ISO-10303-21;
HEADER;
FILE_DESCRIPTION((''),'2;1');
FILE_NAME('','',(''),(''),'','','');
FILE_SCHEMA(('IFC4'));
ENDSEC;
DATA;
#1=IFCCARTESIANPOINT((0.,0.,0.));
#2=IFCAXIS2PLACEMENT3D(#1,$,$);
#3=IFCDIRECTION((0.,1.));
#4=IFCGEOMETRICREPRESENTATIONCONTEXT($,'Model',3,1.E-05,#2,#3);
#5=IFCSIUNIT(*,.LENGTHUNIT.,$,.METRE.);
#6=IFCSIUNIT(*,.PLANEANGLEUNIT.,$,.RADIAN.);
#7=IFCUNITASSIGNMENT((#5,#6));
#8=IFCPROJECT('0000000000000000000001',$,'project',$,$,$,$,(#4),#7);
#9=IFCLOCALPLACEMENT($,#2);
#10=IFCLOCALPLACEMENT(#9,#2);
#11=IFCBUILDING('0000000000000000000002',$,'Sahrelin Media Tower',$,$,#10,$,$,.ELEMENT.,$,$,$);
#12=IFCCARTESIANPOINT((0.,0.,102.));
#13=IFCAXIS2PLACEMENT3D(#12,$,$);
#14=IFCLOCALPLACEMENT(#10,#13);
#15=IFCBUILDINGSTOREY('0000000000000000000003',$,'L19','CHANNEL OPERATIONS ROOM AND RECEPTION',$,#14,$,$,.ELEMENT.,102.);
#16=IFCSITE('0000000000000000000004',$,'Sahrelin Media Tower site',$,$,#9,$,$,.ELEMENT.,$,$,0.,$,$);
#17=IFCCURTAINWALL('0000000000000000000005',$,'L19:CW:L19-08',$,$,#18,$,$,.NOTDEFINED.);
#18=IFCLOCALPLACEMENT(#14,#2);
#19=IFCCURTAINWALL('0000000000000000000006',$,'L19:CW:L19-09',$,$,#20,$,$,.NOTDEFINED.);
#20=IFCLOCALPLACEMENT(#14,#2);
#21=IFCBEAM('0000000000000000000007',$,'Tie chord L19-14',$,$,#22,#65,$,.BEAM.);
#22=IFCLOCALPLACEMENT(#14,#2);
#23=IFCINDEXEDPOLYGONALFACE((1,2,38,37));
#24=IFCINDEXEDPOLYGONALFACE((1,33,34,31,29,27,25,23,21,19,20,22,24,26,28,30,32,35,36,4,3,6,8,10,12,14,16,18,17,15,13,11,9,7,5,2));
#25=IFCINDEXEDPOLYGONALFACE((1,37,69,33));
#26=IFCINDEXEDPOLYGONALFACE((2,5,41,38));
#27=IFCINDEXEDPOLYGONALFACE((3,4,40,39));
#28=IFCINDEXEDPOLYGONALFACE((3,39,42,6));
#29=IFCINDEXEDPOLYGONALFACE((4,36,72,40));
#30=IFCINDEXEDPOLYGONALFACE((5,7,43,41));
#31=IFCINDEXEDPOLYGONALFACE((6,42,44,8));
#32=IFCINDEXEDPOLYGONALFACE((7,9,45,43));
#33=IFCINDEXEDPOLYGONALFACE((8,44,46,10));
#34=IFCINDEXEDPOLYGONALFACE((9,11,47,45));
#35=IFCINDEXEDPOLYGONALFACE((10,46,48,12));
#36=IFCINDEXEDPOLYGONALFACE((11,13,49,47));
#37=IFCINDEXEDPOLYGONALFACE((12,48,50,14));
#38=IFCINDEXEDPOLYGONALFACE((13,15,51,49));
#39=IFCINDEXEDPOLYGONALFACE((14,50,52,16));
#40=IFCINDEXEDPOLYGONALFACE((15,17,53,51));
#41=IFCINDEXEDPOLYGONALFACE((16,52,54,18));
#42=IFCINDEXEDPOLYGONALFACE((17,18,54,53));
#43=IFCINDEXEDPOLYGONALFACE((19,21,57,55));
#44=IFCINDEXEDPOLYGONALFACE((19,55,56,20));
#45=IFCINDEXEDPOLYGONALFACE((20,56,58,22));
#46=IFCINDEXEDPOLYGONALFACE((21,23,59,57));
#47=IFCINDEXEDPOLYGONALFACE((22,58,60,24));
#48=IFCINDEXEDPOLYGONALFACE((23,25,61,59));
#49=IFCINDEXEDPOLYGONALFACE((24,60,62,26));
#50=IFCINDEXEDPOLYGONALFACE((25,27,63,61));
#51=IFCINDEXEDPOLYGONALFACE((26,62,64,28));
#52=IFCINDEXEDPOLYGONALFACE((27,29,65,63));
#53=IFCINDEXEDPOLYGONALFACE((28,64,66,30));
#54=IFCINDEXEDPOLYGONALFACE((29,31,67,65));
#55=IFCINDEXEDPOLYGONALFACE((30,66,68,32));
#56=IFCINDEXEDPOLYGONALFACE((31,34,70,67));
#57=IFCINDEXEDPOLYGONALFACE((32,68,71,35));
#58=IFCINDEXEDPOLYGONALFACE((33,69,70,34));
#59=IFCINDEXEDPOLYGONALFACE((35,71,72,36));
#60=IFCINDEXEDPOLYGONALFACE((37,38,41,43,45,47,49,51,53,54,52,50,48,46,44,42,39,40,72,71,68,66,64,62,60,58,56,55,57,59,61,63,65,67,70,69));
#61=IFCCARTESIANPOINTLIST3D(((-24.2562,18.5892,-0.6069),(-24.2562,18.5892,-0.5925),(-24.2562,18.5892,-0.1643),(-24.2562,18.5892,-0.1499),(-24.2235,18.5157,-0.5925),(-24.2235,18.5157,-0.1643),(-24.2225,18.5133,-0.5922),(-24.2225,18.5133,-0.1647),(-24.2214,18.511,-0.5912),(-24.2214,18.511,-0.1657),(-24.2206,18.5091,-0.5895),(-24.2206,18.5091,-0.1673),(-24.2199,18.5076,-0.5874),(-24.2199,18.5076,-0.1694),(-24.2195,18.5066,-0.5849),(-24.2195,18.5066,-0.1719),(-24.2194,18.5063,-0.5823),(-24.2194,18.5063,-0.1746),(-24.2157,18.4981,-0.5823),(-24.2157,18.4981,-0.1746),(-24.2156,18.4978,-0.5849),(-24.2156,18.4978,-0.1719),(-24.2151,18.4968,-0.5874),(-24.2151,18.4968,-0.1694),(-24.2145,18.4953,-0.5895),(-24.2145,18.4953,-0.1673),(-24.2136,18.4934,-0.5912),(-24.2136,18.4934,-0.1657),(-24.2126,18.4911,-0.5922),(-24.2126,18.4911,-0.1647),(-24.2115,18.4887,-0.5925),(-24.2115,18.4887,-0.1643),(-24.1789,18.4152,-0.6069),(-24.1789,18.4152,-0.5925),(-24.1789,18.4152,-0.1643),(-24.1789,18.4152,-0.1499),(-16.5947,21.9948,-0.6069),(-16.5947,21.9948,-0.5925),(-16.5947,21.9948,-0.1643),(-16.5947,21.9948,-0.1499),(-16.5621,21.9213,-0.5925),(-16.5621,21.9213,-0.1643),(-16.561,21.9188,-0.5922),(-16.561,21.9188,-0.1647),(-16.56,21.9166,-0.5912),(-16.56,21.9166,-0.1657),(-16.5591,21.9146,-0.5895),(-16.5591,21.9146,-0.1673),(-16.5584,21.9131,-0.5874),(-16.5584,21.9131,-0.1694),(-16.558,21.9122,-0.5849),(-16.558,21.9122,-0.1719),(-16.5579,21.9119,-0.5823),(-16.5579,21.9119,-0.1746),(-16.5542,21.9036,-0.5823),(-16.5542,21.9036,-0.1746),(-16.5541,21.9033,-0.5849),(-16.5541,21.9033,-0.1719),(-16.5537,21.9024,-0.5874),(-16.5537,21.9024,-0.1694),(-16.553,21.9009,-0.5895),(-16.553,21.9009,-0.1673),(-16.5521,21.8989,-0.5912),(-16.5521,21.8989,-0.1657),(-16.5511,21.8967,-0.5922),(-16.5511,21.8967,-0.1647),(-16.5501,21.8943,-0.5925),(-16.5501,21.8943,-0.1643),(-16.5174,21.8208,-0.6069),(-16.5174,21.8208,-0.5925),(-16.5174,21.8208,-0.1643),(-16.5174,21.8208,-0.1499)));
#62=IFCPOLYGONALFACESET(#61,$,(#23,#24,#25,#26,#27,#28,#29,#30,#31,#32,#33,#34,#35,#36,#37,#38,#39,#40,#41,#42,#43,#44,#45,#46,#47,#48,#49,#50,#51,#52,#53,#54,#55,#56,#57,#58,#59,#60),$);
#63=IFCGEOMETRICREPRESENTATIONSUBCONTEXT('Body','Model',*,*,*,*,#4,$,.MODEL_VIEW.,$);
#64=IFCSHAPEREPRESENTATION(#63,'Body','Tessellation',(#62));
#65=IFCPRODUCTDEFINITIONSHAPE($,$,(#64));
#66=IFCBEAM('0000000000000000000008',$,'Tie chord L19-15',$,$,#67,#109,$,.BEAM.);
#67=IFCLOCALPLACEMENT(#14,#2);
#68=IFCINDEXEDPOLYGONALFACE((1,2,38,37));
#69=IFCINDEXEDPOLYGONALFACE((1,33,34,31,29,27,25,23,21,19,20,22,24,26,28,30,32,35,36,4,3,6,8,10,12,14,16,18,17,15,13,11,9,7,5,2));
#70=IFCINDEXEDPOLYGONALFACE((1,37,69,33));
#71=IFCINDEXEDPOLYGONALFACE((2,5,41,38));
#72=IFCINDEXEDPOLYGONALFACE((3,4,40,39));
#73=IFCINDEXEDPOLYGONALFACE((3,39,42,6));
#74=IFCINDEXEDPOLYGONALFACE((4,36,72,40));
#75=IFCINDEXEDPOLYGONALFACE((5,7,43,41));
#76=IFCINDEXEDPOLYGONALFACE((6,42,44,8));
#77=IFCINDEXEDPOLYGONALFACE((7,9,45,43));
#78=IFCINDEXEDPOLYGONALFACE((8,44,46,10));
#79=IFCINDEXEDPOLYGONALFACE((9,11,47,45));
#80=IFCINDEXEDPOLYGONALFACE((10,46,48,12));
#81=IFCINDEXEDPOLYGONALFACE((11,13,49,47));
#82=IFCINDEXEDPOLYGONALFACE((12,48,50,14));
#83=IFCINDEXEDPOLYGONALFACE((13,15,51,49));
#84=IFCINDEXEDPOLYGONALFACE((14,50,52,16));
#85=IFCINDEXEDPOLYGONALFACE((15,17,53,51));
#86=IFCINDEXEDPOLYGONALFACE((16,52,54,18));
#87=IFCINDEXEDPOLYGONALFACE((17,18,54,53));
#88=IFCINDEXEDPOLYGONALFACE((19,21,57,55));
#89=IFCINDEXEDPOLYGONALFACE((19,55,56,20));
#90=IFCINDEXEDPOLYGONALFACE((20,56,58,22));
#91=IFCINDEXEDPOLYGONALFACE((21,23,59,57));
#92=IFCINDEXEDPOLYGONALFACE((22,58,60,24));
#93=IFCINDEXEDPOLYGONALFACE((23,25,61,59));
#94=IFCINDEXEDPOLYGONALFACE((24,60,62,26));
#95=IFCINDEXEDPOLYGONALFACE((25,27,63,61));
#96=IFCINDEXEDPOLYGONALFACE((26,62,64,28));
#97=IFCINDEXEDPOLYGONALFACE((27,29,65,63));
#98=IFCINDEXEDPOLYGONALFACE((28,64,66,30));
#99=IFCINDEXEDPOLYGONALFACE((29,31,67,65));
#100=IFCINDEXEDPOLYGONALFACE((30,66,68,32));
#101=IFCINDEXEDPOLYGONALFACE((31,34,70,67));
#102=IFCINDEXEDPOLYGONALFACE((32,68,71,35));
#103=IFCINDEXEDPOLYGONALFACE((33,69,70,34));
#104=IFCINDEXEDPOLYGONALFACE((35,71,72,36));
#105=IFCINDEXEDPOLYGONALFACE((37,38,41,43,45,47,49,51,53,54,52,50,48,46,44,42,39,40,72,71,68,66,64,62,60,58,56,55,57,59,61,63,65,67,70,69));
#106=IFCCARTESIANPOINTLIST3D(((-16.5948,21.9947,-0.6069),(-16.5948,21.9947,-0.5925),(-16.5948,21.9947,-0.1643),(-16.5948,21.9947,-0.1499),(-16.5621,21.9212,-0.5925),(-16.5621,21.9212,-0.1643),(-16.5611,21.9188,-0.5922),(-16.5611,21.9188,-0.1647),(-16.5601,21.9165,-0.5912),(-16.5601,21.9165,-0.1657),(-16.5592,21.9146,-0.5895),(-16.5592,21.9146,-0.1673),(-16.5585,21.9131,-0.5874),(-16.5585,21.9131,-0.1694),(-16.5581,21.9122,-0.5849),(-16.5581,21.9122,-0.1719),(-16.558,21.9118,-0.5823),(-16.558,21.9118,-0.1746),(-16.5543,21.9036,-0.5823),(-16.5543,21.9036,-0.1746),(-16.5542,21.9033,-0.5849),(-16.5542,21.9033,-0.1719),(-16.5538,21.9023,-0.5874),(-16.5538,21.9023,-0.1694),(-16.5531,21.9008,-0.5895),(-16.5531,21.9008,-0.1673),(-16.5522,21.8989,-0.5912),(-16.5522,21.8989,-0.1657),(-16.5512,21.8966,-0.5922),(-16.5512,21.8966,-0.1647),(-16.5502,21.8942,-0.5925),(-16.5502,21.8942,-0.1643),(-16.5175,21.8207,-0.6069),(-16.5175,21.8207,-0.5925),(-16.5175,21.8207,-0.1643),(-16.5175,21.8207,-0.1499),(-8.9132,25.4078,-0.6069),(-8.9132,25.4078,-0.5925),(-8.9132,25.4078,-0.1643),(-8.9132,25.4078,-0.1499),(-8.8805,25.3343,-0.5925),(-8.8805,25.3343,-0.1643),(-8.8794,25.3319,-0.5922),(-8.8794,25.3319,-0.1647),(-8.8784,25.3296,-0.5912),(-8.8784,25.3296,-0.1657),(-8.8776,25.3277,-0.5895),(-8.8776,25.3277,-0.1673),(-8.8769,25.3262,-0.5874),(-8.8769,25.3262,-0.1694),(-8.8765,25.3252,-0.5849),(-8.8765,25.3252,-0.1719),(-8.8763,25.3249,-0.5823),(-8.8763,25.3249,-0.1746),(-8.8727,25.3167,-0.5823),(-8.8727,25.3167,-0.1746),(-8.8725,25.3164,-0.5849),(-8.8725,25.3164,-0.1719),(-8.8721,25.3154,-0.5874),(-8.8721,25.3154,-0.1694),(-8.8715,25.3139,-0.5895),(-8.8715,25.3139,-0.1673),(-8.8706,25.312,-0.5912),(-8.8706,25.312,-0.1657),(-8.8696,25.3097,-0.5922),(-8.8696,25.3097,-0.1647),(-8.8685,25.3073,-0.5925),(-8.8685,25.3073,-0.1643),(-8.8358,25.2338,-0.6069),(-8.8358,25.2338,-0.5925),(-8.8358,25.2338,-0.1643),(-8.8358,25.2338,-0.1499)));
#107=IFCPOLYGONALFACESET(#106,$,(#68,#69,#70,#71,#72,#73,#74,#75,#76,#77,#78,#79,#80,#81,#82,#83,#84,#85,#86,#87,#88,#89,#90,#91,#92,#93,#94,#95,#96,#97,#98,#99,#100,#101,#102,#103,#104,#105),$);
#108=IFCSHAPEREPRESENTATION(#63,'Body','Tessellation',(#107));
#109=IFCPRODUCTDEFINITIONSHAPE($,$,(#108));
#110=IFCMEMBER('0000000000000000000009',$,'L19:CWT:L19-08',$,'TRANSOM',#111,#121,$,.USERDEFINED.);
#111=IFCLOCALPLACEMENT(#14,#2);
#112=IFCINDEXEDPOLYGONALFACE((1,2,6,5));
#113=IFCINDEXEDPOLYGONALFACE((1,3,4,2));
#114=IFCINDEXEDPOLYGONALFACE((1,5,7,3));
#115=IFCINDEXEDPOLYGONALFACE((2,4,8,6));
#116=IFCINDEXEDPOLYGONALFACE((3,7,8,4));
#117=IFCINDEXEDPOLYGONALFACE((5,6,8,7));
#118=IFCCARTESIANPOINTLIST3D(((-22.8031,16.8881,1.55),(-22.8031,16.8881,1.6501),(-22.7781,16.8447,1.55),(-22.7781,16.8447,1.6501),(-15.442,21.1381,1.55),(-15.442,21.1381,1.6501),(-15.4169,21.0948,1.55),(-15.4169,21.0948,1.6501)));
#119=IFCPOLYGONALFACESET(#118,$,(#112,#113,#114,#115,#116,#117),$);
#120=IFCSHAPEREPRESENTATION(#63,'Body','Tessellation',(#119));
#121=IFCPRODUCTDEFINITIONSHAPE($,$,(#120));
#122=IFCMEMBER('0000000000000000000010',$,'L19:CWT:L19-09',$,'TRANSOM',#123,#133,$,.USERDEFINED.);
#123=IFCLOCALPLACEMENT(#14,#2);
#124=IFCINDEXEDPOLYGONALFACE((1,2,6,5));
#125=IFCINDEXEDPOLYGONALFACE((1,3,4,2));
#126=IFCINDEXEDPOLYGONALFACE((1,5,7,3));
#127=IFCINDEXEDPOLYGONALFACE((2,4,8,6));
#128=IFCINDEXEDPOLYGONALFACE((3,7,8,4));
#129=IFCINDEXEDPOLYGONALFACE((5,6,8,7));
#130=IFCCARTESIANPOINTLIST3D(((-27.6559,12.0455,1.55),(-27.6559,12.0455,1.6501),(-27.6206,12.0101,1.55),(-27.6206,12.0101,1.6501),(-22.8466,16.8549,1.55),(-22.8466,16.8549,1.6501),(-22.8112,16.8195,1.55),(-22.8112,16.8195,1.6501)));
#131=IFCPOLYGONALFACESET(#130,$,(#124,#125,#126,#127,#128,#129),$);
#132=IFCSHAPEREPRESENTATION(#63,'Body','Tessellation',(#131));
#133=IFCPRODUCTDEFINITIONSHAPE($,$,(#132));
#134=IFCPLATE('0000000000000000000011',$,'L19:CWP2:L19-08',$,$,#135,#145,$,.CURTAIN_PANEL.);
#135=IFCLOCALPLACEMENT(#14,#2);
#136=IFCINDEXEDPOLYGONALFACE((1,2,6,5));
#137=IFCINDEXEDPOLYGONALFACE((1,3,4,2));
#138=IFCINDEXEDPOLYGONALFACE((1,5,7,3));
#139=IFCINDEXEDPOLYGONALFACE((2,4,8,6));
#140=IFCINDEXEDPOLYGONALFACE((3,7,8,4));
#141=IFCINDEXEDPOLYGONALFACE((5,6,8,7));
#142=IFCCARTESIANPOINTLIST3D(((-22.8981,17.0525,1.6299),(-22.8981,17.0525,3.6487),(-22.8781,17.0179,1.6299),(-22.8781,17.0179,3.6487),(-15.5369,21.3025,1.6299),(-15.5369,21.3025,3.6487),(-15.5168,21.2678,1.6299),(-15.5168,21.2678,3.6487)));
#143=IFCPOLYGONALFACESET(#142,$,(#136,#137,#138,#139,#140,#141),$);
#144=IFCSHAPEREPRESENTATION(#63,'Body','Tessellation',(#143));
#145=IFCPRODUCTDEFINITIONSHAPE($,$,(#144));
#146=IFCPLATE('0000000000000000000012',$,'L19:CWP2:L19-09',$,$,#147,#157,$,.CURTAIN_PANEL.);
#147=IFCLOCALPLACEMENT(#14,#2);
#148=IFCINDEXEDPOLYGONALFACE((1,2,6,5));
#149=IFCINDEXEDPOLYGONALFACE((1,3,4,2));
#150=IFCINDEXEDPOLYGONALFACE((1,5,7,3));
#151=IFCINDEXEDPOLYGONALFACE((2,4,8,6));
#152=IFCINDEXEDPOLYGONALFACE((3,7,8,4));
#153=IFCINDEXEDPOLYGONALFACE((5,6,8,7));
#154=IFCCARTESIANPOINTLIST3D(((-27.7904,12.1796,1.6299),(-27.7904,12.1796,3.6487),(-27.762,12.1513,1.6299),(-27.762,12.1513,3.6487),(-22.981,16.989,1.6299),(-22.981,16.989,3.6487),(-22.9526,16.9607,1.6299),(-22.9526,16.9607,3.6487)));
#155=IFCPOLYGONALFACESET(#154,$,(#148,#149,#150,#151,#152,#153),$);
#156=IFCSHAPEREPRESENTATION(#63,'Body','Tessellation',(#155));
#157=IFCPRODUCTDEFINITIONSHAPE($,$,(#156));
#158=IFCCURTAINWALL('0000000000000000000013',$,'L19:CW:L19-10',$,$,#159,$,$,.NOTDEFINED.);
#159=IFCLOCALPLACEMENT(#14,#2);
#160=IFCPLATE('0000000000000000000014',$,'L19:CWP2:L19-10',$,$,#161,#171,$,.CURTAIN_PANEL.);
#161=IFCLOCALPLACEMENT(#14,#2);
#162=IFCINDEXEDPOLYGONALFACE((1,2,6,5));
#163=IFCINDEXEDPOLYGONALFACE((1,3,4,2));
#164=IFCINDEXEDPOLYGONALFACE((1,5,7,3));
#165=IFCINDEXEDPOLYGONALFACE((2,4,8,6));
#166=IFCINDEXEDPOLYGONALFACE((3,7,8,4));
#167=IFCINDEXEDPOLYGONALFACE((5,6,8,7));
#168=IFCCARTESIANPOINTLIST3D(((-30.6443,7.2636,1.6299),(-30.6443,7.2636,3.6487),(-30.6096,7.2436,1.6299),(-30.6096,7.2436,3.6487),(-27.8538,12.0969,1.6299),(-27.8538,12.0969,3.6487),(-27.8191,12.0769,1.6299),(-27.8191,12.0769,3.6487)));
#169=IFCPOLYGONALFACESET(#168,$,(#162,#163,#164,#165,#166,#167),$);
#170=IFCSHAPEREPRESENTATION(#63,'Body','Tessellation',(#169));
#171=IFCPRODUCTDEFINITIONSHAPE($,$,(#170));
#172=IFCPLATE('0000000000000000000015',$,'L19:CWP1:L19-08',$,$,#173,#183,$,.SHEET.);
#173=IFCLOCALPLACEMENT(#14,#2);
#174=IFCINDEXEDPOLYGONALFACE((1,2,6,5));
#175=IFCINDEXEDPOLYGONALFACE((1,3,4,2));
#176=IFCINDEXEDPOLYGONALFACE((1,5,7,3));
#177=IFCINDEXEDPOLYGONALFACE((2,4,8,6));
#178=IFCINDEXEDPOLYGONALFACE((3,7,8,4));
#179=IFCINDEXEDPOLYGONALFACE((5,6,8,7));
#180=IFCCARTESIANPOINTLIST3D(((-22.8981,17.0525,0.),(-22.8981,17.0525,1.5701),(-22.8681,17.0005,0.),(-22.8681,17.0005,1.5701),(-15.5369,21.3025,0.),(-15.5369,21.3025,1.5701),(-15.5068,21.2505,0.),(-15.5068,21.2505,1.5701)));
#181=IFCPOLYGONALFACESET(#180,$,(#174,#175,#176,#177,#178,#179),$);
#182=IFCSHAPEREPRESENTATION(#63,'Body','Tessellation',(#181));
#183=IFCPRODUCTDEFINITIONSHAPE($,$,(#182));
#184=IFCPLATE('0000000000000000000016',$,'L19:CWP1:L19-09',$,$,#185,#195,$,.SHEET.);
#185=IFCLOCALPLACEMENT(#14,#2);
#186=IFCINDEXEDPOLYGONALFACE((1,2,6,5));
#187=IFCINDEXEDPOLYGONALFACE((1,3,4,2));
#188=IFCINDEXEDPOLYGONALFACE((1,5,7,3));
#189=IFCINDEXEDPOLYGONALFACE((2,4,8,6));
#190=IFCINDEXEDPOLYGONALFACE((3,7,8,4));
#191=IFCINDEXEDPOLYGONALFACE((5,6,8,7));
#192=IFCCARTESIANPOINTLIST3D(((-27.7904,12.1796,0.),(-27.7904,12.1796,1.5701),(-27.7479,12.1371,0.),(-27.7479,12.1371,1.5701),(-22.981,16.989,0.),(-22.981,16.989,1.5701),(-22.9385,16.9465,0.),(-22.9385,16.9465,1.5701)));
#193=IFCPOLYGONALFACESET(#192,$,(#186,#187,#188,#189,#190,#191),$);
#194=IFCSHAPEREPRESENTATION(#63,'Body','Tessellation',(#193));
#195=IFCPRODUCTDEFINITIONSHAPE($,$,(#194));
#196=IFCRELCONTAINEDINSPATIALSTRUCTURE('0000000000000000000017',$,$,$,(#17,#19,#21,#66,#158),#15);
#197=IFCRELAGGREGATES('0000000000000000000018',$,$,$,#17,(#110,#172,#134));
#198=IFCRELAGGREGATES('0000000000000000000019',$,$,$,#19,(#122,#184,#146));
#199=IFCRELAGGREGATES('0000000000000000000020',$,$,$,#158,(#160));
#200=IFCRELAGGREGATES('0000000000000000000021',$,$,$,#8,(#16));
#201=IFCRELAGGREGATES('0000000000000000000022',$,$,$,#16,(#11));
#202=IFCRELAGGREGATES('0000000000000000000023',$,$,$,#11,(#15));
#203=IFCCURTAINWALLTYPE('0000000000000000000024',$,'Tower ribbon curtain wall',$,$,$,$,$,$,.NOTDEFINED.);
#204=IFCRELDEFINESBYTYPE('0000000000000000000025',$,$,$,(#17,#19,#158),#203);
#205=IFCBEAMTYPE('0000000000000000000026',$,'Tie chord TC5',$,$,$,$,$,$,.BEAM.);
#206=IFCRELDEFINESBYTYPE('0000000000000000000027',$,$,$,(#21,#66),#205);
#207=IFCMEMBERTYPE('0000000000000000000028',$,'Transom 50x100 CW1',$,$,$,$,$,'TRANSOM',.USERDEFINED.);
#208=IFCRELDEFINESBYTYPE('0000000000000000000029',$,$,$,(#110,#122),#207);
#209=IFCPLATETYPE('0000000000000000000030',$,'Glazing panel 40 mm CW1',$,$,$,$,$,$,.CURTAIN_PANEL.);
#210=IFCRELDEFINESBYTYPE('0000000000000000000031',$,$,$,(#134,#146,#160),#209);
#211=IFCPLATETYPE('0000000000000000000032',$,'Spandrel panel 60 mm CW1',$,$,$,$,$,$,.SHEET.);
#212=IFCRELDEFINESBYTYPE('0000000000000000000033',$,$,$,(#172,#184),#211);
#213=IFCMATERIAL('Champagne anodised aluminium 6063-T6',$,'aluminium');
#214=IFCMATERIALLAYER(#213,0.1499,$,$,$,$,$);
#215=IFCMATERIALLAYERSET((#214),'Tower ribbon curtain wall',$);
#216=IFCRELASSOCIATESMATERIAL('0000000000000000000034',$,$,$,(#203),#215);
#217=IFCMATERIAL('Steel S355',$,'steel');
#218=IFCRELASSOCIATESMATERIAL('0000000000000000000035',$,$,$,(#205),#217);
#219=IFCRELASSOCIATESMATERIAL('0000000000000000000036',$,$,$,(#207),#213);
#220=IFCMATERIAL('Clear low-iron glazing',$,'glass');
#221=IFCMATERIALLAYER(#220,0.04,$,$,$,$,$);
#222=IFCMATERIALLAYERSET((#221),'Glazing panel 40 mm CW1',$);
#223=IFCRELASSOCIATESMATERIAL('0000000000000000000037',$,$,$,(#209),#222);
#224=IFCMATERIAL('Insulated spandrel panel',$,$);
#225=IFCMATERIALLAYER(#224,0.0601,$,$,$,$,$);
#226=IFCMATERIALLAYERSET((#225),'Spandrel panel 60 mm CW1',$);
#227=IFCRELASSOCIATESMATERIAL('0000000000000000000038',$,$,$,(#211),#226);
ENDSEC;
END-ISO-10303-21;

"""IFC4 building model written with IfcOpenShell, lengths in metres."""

from ifc_helpers import new_model, si_unit, direction, frame, origin, origin_2d, place, context, subcontext, project, spatial, polyline, rectangle, i_section, outline, extrude, material, layer, layer_set, material_profile, profile_set, type_object, element, aggregate, save


model = new_model("IFC4")

# Units and contexts
model_context = context("Model", 3, precision=1e-05, world=origin(), true_north=direction((0.0, 1.0)))
body_context = subcontext(model_context, "Body", "Model", "MODEL_VIEW")
ifc_project = project(units=[si_unit("LENGTHUNIT", "METRE"), si_unit("PLANEANGLEUNIT", "RADIAN")], contexts=[model_context])

# Site, building, storey
site_placement = place(None, origin())
site = spatial("IfcSite", under=ifc_project, at=site_placement, Name="Sahrelin Media Tower site", CompositionType="ELEMENT", RefElevation=0.0)
building_placement = place(site_placement, origin())
building = spatial("IfcBuilding", under=site, at=building_placement, Name="Sahrelin Media Tower", CompositionType="ELEMENT")
storey_placement = place(building_placement, frame((0.0, 0.0, 102.0)))
storey = spatial("IfcBuildingStorey", under=building, at=storey_placement, Name="L19", Description="CHANNEL OPERATIONS ROOM AND RECEPTION", CompositionType="ELEMENT", Elevation=102.0)

# Shared definitions
ifc_material_1 = material(Name="Steel S355", Category="steel")

# Curtain walls
ifc_material_2 = material(Name="Champagne anodised aluminium 6063-T6", Category="aluminium")
ifc_layer_1 = layer(ifc_material_2, 0.1499)
ifc_layer_set_1 = layer_set([ifc_layer_1], Name="Tower ribbon curtain wall")
curtain_wall_type = type_object("IfcCurtainWallType", Name="Tower ribbon curtain wall", PredefinedType="NOTDEFINED", material=ifc_layer_set_1)
curtain_wall_1_placement = place(storey_placement, frame((-19.2075, 19.1604, 0.0), z_axis=(0.0, 0.0, 1.0), x_axis=(1.0, 0.0, 0.0)))
curtain_wall_1 = element("IfcCurtainWall", 1, at=curtain_wall_1_placement, inside=storey, type_object=curtain_wall_type, Name="L19:CW:L19-08", PredefinedType="NOTDEFINED")
curtain_wall_2_placement = place(storey_placement, frame((-25.3713, 14.5703, 0.0), z_axis=(0.0, 0.0, 1.0), x_axis=(1.0, 0.0, 0.0)))
curtain_wall_2 = element("IfcCurtainWall", 2, at=curtain_wall_2_placement, inside=storey, type_object=curtain_wall_type, Name="L19:CW:L19-09", PredefinedType="NOTDEFINED")

# Beams
ifc_material_profile_1 = material_profile(ifc_material_1, i_section(OverallWidth=0.1904, OverallDepth=0.457, WebThickness=0.009, FlangeThickness=0.0144, FilletRadius=0.0103, at=origin_2d()), Name="UB 457x191x74")
ifc_profile_set_1 = profile_set([ifc_material_profile_1], Name="Steel S355")
beam_type_1 = type_object("IfcBeamType", Name="Tie chord TC5", PredefinedType="BEAM", material=ifc_profile_set_1)
beam_1_placement = place(storey_placement, frame((-24.2175, 18.5022, -0.3784), z_axis=(0.913791, 0.406184, 0.0), x_axis=(-0.406184, 0.913791, 0.0)))
element("IfcBeam", 3, at=beam_1_placement, inside=storey, type_object=beam_type_1, Name="Tie chord L19-14", PredefinedType="BEAM", context=body_context, shape_type="SweptSolid", body=[
    extrude(i_section(OverallWidth=0.1904, OverallDepth=0.457, WebThickness=0.009, FlangeThickness=0.0144, FilletRadius=0.0103, at=origin_2d()), origin(), (0.0, 0.0, 1.0), 8.3843),
])
beam_2_placement = place(storey_placement, frame((-16.5562, 21.9077, -0.3784), z_axis=(0.913855, 0.406041, 0.0), x_axis=(-0.406041, 0.913855, 0.0)))
element("IfcBeam", 4, at=beam_2_placement, inside=storey, type_object=beam_type_1, Name="Tie chord L19-15", PredefinedType="BEAM", context=body_context, shape_type="SweptSolid", body=[
    extrude(i_section(OverallWidth=0.1904, OverallDepth=0.457, WebThickness=0.009, FlangeThickness=0.0144, FilletRadius=0.0103, at=origin_2d()), origin(), (0.0, 0.0, 1.0), 8.4058),
])

# Members
ifc_material_profile_2 = material_profile(ifc_material_2, rectangle(XDim=0.05, YDim=0.1001, at=origin_2d()), Name="Transom 50x100")
ifc_profile_set_2 = profile_set([ifc_material_profile_2], Name="Champagne anodised aluminium 6063-T6")
member_type_1 = type_object("IfcMemberType", Name="Transom 50x100 CW1", ElementType="TRANSOM", PredefinedType="USERDEFINED", material=ifc_profile_set_2)
member_1_placement = place(storey_placement, frame((-15.4294, 21.1165, 1.6001), z_axis=(-0.866022, -0.500007, 0.0), x_axis=(0.500007, -0.866022, 0.0)))
member_1 = element("IfcMember", 5, at=member_1_placement, type_object=member_type_1, Name="L19:CWT:L19-08", ObjectType="TRANSOM", PredefinedType="USERDEFINED", context=body_context, shape_type="SweptSolid", body=[
    extrude(rectangle(XDim=0.05, YDim=0.1001, at=origin_2d()), origin(), (0.0, 0.0, 1.0), 8.5),
])
member_2_placement = place(storey_placement, frame((-22.8289, 16.8372, 1.6001), z_axis=(-0.707107, -0.707107, 0.0), x_axis=(0.707107, -0.707107, 0.0)))
member_2 = element("IfcMember", 6, at=member_2_placement, type_object=member_type_1, Name="L19:CWT:L19-09", ObjectType="TRANSOM", PredefinedType="USERDEFINED", context=body_context, shape_type="SweptSolid", body=[
    extrude(rectangle(XDim=0.05, YDim=0.1001, at=origin_2d()), origin(), (0.0, 0.0, 1.0), 6.8015),
])

# Plates
ifc_material_3 = material(Name="Clear low-iron glazing", Category="glass")
ifc_layer_2 = layer(ifc_material_3, 0.04)
ifc_layer_set_2 = layer_set([ifc_layer_2], Name="Glazing panel 40 mm CW1")
plate_type_1 = type_object("IfcPlateType", Name="Glazing panel 40 mm CW1", PredefinedType="CURTAIN_PANEL", material=ifc_layer_set_2)
plate_1_placement = place(storey_placement, frame((-15.5369, 21.3025, 1.6299), z_axis=(-0.499994, 0.866029, 0.0), x_axis=(-0.866029, -0.499994, 0.0)))
plate_1 = element("IfcPlate", 7, at=plate_1_placement, type_object=plate_type_1, Name="L19:CWP2:L19-08", PredefinedType="CURTAIN_PANEL", context=body_context, shape_type="SweptSolid", body=[
    extrude(outline(polyline([(0.0, 0.0), (8.5, 0.0), (8.5, 2.0188), (0.0, 2.0188), (0.0, 0.0)])), origin(), (0.0, 0.0, -1.0), 0.04),
])
plate_2_placement = place(storey_placement, frame((-22.981, 16.989, 1.6299), z_axis=(-0.707107, 0.707107, 0.0), x_axis=(-0.707107, -0.707107, 0.0)))
plate_2 = element("IfcPlate", 8, at=plate_2_placement, type_object=plate_type_1, Name="L19:CWP2:L19-09", PredefinedType="CURTAIN_PANEL", context=body_context, shape_type="SweptSolid", body=[
    extrude(outline(polyline([(0.0, 0.0), (6.8015, 0.0), (6.8015, 2.0188), (0.0, 2.0188), (0.0, 0.0)])), origin(), (0.0, 0.0, -1.0), 0.04),
])

# Curtain wall, plate
curtain_wall_3_placement = place(storey_placement, frame((-29.2317, 9.6704, 0.0), z_axis=(0.0, 0.0, 1.0), x_axis=(1.0, 0.0, 0.0)))
curtain_wall_3 = element("IfcCurtainWall", 9, at=curtain_wall_3_placement, inside=storey, type_object=curtain_wall_type, Name="L19:CW:L19-10", PredefinedType="NOTDEFINED")
plate_3_placement = place(storey_placement, frame((-27.8538, 12.0969, 1.6299), z_axis=(-0.866022, 0.500006, 0.0), x_axis=(-0.500006, -0.866022, 0.0)))
plate_3 = element("IfcPlate", 10, at=plate_3_placement, type_object=plate_type_1, Name="L19:CWP2:L19-10", PredefinedType="CURTAIN_PANEL", context=body_context, shape_type="SweptSolid", body=[
    extrude(outline(polyline([(0.0, 0.0), (5.5811, 0.0), (5.5811, 2.0188), (0.0, 2.0188), (0.0, 0.0)])), origin(), (0.0, 0.0, -1.0), 0.04),
])

# Plates
ifc_material_4 = material(Name="Insulated spandrel panel")
ifc_layer_3 = layer(ifc_material_4, 0.0601)
ifc_layer_set_3 = layer_set([ifc_layer_3], Name="Spandrel panel 60 mm CW1")
plate_type_2 = type_object("IfcPlateType", Name="Spandrel panel 60 mm CW1", PredefinedType="SHEET", material=ifc_layer_set_3)
plate_4_placement = place(storey_placement, frame((-15.5369, 21.3025, 0.0), z_axis=(-0.499994, 0.866029, 0.0), x_axis=(-0.866029, -0.499994, 0.0)))
plate_4 = element("IfcPlate", 11, at=plate_4_placement, type_object=plate_type_2, Name="L19:CWP1:L19-08", PredefinedType="SHEET", context=body_context, shape_type="SweptSolid", body=[
    extrude(outline(polyline([(0.0, 0.0), (8.5, 0.0), (8.5, 1.5701), (0.0, 1.5701), (0.0, 0.0)])), origin(), (0.0, 0.0, -1.0), 0.0601),
])
aggregate(curtain_wall_1, [member_1, plate_4, plate_1])
plate_5_placement = place(storey_placement, frame((-22.981, 16.989, 0.0), z_axis=(-0.707107, 0.707107, 0.0), x_axis=(-0.707107, -0.707107, 0.0)))
plate_5 = element("IfcPlate", 12, at=plate_5_placement, type_object=plate_type_2, Name="L19:CWP1:L19-09", PredefinedType="SHEET", context=body_context, shape_type="SweptSolid", body=[
    extrude(outline(polyline([(0.0, 0.0), (6.8015, 0.0), (6.8015, 1.5701), (0.0, 1.5701), (0.0, 0.0)])), origin(), (0.0, 0.0, -1.0), 0.0601),
])
aggregate(curtain_wall_2, [member_2, plate_5, plate_2])
aggregate(curtain_wall_3, [plate_3])

save(model, "model.ifc")
